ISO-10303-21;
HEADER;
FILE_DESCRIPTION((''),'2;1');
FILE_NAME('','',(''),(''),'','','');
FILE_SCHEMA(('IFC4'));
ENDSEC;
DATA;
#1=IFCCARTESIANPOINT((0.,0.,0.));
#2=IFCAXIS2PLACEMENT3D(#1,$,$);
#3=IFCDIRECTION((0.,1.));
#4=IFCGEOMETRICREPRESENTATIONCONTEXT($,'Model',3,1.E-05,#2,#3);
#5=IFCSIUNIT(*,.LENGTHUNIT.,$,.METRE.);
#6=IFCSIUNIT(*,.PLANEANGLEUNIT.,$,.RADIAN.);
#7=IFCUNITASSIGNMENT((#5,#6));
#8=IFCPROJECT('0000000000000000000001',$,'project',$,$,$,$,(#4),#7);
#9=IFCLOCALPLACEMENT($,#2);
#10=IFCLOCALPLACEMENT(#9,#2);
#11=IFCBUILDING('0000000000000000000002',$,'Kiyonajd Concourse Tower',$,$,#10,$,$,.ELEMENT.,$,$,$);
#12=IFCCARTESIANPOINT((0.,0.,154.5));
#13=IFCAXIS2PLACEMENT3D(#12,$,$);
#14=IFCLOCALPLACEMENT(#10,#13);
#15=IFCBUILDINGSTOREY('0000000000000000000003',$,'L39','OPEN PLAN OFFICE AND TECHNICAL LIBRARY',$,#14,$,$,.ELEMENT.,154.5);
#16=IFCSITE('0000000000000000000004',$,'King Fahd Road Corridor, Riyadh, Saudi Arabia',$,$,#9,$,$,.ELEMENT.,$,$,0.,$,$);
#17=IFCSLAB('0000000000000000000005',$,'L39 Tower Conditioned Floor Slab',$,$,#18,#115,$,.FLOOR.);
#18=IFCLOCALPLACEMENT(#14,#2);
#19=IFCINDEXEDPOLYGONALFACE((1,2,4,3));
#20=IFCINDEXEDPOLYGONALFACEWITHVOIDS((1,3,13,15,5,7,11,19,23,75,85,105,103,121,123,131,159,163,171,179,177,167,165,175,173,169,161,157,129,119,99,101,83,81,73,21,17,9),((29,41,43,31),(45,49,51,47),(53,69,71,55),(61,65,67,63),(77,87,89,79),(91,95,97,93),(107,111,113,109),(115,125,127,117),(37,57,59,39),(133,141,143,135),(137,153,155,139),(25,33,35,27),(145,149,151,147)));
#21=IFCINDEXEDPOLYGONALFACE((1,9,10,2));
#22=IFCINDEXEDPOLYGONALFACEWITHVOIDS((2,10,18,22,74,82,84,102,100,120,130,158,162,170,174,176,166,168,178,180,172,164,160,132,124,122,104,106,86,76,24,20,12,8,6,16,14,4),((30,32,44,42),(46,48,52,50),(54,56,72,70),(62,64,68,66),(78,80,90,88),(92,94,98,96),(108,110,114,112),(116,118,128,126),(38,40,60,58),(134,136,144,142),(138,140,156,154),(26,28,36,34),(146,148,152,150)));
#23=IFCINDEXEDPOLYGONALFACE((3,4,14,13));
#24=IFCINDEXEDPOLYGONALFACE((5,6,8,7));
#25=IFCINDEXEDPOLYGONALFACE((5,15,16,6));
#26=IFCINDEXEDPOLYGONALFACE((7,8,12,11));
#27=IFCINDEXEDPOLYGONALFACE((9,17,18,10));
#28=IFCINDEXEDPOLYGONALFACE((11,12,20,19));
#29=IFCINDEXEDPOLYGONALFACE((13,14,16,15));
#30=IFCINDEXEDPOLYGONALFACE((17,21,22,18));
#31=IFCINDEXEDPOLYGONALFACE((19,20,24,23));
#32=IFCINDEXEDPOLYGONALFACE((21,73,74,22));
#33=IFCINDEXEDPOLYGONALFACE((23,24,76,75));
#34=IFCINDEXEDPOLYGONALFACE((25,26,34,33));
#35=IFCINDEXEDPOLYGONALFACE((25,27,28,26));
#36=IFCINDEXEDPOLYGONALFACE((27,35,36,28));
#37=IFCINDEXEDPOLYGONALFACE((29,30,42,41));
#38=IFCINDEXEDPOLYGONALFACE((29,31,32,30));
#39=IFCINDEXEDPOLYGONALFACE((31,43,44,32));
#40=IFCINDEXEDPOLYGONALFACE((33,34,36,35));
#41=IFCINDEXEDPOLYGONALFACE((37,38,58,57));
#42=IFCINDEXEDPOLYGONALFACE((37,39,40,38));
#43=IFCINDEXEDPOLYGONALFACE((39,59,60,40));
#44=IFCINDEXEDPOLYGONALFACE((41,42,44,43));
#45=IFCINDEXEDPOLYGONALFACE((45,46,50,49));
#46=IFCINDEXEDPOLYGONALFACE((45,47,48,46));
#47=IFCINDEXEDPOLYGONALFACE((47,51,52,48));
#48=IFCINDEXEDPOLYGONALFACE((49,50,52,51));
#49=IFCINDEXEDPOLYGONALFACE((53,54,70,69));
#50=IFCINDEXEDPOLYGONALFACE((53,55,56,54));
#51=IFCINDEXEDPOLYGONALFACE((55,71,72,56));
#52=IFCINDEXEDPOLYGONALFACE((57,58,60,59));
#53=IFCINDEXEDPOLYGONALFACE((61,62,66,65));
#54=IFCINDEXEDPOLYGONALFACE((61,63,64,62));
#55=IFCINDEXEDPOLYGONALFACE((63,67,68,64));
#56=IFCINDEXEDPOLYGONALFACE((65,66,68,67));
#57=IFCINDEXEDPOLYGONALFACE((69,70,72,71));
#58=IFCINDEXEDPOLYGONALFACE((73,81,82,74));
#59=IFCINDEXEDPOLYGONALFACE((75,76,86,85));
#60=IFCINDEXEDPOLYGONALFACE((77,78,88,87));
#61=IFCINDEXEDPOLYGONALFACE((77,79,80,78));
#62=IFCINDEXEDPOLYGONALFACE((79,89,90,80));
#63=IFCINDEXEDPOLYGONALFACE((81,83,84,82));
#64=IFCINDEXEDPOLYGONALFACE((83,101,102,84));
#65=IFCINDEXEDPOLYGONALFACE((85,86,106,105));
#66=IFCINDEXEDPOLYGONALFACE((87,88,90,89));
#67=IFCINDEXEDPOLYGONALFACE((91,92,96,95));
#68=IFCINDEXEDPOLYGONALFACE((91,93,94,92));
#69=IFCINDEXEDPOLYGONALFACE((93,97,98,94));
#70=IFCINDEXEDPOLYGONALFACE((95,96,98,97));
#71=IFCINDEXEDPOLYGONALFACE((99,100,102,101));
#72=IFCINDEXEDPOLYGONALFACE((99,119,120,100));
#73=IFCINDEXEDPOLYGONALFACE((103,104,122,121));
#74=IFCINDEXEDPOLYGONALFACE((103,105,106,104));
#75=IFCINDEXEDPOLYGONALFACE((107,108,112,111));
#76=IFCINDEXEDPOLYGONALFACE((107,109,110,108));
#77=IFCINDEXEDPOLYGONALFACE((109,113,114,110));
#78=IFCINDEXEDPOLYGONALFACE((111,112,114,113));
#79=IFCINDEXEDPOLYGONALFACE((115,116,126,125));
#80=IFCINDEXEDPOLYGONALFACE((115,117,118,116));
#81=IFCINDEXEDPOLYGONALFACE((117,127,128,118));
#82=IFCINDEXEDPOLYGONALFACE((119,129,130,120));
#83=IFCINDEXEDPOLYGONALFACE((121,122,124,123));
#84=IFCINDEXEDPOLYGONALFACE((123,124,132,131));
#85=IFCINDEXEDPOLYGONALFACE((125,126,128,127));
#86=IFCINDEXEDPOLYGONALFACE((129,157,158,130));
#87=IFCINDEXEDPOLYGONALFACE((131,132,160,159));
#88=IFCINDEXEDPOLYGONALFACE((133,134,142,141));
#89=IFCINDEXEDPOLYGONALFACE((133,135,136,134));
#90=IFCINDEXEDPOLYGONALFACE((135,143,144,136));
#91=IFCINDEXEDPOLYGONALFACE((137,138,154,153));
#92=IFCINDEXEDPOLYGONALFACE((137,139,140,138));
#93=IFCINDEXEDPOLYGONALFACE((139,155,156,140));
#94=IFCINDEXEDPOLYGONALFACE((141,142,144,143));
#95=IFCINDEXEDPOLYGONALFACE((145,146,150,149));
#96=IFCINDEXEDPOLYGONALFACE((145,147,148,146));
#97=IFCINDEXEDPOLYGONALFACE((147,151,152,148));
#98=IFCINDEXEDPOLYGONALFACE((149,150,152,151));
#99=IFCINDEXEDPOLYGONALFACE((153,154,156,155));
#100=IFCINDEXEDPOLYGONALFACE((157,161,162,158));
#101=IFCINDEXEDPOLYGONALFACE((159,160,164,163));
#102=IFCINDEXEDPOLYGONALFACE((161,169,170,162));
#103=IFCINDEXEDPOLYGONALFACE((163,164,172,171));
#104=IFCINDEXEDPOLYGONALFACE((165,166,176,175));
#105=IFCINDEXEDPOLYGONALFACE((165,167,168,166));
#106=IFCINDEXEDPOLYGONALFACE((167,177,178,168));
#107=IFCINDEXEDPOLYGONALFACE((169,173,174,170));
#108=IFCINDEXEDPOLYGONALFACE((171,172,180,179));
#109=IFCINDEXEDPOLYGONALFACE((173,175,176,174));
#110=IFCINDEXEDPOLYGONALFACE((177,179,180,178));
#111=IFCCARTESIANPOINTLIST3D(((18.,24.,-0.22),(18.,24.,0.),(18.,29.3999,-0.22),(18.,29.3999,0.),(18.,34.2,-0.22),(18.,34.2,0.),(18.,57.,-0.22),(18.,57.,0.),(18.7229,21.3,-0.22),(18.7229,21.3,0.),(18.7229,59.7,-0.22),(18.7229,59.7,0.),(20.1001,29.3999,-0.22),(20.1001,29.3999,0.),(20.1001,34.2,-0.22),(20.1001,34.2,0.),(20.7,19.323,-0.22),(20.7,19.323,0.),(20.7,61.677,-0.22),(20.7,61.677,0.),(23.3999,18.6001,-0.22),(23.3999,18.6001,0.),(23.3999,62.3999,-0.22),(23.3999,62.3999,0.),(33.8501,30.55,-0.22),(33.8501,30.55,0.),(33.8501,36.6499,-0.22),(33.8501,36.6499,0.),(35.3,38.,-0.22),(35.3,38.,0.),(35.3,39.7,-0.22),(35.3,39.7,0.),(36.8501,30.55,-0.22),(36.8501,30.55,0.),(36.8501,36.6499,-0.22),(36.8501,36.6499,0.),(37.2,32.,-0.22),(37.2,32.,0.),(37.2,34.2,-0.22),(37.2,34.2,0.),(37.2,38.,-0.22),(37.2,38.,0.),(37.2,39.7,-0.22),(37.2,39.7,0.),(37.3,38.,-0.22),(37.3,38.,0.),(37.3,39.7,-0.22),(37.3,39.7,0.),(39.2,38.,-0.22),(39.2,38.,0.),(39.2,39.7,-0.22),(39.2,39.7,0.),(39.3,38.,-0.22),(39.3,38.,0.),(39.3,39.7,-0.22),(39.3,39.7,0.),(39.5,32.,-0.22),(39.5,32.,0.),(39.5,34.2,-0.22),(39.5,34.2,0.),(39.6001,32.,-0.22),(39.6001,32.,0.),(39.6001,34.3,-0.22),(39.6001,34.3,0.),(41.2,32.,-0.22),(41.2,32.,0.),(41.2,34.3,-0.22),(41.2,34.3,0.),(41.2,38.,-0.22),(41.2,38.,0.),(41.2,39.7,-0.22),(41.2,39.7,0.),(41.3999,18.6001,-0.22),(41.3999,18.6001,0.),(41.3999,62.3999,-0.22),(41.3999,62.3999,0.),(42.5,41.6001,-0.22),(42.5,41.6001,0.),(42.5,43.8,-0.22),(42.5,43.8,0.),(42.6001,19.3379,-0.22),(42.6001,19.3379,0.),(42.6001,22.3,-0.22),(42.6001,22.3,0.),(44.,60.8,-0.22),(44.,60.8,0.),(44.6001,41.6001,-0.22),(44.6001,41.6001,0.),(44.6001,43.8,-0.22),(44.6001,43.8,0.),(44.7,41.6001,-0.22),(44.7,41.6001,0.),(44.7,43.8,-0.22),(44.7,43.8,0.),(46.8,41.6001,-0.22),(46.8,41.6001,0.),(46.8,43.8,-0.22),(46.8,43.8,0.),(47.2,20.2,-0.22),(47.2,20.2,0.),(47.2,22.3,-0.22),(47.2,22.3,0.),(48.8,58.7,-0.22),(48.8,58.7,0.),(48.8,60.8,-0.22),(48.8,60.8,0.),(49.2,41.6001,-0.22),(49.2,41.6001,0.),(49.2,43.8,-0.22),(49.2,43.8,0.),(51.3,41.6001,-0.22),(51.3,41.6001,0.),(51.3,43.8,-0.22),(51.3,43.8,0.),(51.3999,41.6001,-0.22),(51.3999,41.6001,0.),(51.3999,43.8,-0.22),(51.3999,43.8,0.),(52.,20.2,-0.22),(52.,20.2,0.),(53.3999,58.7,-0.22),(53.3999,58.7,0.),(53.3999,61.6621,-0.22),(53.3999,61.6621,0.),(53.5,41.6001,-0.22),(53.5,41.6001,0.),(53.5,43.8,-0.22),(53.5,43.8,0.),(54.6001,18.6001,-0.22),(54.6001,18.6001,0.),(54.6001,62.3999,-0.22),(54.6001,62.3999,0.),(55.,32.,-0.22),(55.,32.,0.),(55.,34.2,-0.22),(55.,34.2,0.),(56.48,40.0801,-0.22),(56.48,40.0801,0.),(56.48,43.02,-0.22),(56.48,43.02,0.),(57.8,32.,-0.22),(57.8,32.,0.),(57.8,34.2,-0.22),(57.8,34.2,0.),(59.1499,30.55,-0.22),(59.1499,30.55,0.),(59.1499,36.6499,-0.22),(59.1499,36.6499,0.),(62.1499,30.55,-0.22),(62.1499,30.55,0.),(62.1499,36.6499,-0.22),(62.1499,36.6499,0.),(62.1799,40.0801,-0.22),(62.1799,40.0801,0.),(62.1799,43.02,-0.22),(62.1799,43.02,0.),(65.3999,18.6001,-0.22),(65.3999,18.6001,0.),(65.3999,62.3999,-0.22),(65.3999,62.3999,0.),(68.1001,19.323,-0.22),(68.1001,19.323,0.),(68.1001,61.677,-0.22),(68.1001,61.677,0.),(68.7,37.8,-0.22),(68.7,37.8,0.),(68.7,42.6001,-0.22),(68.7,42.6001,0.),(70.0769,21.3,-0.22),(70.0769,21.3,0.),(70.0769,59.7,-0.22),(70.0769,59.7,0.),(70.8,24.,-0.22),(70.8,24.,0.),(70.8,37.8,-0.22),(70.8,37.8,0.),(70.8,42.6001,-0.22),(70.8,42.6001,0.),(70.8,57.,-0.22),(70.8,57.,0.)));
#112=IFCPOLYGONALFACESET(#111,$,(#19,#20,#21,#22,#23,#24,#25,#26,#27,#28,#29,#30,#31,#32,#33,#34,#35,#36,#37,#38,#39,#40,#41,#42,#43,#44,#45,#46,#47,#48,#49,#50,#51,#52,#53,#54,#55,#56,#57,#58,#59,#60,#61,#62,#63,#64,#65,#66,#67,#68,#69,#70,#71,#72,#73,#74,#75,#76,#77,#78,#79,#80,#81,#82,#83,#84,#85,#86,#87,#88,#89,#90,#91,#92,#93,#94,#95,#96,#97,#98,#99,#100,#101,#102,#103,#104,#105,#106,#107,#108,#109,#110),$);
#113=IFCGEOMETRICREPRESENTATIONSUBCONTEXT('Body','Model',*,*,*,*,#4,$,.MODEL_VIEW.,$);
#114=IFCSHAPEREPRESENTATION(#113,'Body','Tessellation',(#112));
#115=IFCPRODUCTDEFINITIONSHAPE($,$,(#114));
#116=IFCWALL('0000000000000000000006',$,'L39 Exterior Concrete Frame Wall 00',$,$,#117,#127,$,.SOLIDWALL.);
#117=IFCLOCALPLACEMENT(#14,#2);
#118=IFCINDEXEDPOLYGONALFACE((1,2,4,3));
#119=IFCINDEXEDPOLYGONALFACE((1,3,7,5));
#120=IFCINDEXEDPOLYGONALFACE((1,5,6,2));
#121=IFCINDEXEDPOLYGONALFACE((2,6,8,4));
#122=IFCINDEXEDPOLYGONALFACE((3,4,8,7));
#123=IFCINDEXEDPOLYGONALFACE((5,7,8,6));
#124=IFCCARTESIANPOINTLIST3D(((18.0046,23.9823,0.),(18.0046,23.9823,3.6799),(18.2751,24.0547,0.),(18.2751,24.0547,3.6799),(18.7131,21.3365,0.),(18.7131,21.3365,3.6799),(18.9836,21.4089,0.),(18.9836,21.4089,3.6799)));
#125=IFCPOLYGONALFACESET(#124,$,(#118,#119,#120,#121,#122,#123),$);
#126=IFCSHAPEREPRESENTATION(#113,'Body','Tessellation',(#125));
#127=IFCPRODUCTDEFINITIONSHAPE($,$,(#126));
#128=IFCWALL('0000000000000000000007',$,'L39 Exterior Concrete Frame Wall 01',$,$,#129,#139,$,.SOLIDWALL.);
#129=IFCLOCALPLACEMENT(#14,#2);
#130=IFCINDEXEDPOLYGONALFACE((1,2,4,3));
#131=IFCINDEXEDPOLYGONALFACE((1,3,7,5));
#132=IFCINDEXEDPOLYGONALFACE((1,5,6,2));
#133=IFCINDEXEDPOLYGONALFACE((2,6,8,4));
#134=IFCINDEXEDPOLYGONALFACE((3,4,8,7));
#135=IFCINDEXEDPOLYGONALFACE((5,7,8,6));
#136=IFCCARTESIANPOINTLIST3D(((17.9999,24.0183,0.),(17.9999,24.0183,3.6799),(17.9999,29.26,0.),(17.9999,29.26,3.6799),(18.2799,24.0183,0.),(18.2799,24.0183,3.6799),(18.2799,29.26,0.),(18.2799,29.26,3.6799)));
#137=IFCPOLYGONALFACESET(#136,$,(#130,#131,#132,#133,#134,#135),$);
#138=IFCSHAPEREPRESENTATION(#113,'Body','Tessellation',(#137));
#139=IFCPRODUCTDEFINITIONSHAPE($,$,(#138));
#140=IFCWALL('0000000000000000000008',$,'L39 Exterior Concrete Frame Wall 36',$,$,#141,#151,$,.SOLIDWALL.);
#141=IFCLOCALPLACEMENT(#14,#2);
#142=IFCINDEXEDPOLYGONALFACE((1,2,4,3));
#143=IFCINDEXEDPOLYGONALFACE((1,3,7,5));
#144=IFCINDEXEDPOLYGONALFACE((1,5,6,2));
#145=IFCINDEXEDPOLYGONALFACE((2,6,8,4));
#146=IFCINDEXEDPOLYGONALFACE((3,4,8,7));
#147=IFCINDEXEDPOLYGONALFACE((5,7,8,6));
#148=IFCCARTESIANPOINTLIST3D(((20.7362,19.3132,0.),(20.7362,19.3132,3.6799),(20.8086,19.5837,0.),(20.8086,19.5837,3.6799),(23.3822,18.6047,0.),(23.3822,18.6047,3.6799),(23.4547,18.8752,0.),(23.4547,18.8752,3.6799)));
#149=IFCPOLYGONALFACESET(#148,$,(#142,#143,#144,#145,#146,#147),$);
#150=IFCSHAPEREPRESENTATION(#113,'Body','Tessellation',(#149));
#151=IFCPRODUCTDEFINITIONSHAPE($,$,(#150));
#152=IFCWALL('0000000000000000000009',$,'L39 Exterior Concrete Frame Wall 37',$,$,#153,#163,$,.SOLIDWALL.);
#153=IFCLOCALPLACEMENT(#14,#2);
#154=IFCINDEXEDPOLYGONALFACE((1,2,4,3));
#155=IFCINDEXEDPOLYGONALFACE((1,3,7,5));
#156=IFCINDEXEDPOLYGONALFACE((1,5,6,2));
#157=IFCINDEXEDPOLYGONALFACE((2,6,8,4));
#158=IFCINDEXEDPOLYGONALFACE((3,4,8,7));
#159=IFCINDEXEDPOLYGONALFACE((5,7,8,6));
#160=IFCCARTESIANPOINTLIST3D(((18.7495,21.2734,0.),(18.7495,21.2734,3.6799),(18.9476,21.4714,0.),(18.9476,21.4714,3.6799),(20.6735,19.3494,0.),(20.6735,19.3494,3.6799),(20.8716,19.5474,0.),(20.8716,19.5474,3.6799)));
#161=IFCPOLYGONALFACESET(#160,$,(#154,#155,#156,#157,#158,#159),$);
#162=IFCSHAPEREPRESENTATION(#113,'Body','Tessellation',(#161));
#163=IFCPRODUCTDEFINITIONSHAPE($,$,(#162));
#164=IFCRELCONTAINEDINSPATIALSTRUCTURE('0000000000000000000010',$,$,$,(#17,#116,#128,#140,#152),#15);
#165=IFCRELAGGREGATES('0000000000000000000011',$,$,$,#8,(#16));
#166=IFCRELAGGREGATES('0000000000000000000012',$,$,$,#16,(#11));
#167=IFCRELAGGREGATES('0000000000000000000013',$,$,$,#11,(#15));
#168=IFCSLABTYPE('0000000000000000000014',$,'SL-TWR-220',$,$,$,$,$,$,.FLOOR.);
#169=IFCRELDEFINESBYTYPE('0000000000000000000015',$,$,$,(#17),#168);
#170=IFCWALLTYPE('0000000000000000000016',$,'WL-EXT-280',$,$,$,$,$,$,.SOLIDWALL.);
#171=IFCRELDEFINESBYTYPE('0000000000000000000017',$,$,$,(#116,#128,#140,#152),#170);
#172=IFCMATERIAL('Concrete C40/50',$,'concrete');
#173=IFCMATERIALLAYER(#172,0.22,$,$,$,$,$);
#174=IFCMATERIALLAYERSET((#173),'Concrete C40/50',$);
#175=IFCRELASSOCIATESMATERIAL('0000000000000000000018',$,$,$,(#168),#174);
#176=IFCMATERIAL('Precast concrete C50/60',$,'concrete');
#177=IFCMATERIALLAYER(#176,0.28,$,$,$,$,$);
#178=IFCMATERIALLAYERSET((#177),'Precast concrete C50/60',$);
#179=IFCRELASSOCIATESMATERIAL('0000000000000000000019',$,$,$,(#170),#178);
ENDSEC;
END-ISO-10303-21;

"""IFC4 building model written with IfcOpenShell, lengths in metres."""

from ifc_helpers import new_model, si_unit, direction, frame, frame_2d, origin, place, context, subcontext, project, spatial, polyline, rectangle, outline, extrude, material, layer, layer_set, type_object, element, save


model = new_model("IFC4")

# Units and contexts
model_context = context("Model", 3, precision=1e-05, world=origin(), true_north=direction((0.0, 1.0)))
body_context = subcontext(model_context, "Body", "Model", "MODEL_VIEW")
ifc_project = project(units=[si_unit("LENGTHUNIT", "METRE"), si_unit("PLANEANGLEUNIT", "RADIAN")], contexts=[model_context])

# Site, building, storey
site_placement = place(None, origin())
site = spatial("IfcSite", under=ifc_project, at=site_placement, Name="King Fahd Road Corridor, Riyadh, Saudi Arabia", CompositionType="ELEMENT", RefElevation=0.0)
building_placement = place(site_placement, origin())
building = spatial("IfcBuilding", under=site, at=building_placement, Name="Kiyonajd Concourse Tower", CompositionType="ELEMENT")
storey_placement = place(building_placement, frame((0.0, 0.0, 154.5)))
storey = spatial("IfcBuildingStorey", under=building, at=storey_placement, Name="L39", Description="OPEN PLAN OFFICE AND TECHNICAL LIBRARY", CompositionType="ELEMENT", Elevation=154.5)

# Shared definitions
ifc_material_1 = material(Name="Concrete C40/50", Category="concrete")

# Slab
ifc_material_2 = material(Name="Precast concrete C50/60", Category="concrete")
ifc_layer_1 = layer(ifc_material_1, 0.22)
ifc_layer_set_1 = layer_set([ifc_layer_1], Name="Concrete C40/50")
slab_type_1 = type_object("IfcSlabType", Name="SL-TWR-220", PredefinedType="FLOOR", material=ifc_layer_set_1)
slab_1_placement = place(storey_placement, frame((0.0, 0.0, -0.22)))
element("IfcSlab", 1, at=slab_1_placement, inside=storey, type_object=slab_type_1, Name="L39 Tower Conditioned Floor Slab", PredefinedType="FLOOR", context=body_context, shape_type="SweptSolid", body=[
    extrude(outline(polyline([(18.7229, 21.3), (18.0, 24.0), (18.0, 29.3999), (20.1001, 29.3999), (20.1001, 34.2), (18.0, 34.2), (18.0, 57.0), (18.7229, 59.7), (20.7, 61.677), (23.3999, 62.3999), (41.3999, 62.3999), (44.0, 60.8), (48.8, 60.8), (48.8, 58.7), (53.3999, 58.7), (53.3999, 61.6621), (54.6001, 62.3999), (65.3999, 62.3999), (68.1001, 61.677), (70.0769, 59.7), (70.8, 57.0), (70.8, 42.6001), (68.7, 42.6001), (68.7, 37.8), (70.8, 37.8), (70.8, 24.0), (70.0769, 21.3), (68.1001, 19.323), (65.3999, 18.6001), (54.6001, 18.6001), (52.0, 20.2), (47.2, 20.2), (47.2, 22.3), (42.6001, 22.3), (42.6001, 19.3379), (41.3999, 18.6001), (23.3999, 18.6001), (20.7, 19.323), (18.7229, 21.3)]), holes=[polyline([(39.5, 32.0), (37.2, 32.0), (37.2, 34.2), (39.5, 34.2), (39.5, 32.0)]), polyline([(39.6001, 32.0), (39.6001, 34.3), (41.2, 34.3), (41.2, 32.0), (39.6001, 32.0)]), polyline([(33.8501, 30.55), (33.8501, 36.6499), (36.8501, 36.6499), (36.8501, 30.55), (33.8501, 30.55)]), polyline([(37.2, 38.0), (35.3, 38.0), (35.3, 39.7), (37.2, 39.7), (37.2, 38.0)]), polyline([(37.3, 38.0), (37.3, 39.7), (39.2, 39.7), (39.2, 38.0), (37.3, 38.0)]), polyline([(39.3, 38.0), (39.3, 39.7), (41.2, 39.7), (41.2, 38.0), (39.3, 38.0)]), polyline([(44.6001, 41.6001), (42.5, 41.6001), (42.5, 43.8), (44.6001, 43.8), (44.6001, 41.6001)]), polyline([(55.0, 32.0), (55.0, 34.2), (57.8, 34.2), (57.8, 32.0), (55.0, 32.0)]), polyline([(59.1499, 30.55), (59.1499, 36.6499), (62.1499, 36.6499), (62.1499, 30.55), (59.1499, 30.55)]), polyline([(56.48, 43.02), (62.1799, 43.02), (62.1799, 40.0801), (56.48, 40.0801), (56.48, 43.02)]), polyline([(44.7, 41.6001), (44.7, 43.8), (46.8, 43.8), (46.8, 41.6001), (44.7, 41.6001)]), polyline([(49.2, 41.6001), (49.2, 43.8), (51.3, 43.8), (51.3, 41.6001), (49.2, 41.6001)]), polyline([(51.3999, 41.6001), (51.3999, 43.8), (53.5, 43.8), (53.5, 41.6001), (51.3999, 41.6001)])]), origin(), (0.0, 0.0, 1.0), 0.22),
])

# Walls
ifc_layer_2 = layer(ifc_material_2, 0.28)
ifc_layer_set_2 = layer_set([ifc_layer_2], Name="Precast concrete C50/60")
wall_type_1 = type_object("IfcWallType", Name="WL-EXT-280", PredefinedType="SOLIDWALL", material=ifc_layer_set_2)
wall_1_placement = place(storey_placement, frame((18.8484, 21.3726, 0.0), z_axis=(0.0, 0.0, 1.0), x_axis=(-0.258672, 0.965965, 0.0)))
element("IfcWall", 2, at=wall_1_placement, inside=storey, type_object=wall_type_1, Name="L39 Exterior Concrete Frame Wall 00", PredefinedType="SOLIDWALL", context=body_context, shape_type="SweptSolid", body=[
    extrude(rectangle(XDim=2.739, YDim=0.28, at=frame_2d((1.3696, 0.0))), origin(), (0.0, 0.0, 1.0), 3.6799),
])
wall_2_placement = place(storey_placement, frame((18.1399, 24.0183, 0.0), z_axis=(0.0, 0.0, 1.0), x_axis=(0.0, 1.0, 0.0)))
element("IfcWall", 3, at=wall_2_placement, inside=storey, type_object=wall_type_1, Name="L39 Exterior Concrete Frame Wall 01", PredefinedType="SOLIDWALL", context=body_context, shape_type="SweptSolid", body=[
    extrude(rectangle(XDim=5.2417, YDim=0.28, at=frame_2d((2.6208, 0.0))), origin(), (0.0, 0.0, 1.0), 3.6799),
])
wall_3_placement = place(storey_placement, frame((23.4185, 18.74, 0.0), z_axis=(0.0, 0.0, 1.0), x_axis=(-0.965971, 0.25865, 0.0)))
element("IfcWall", 4, at=wall_3_placement, inside=storey, type_object=wall_type_1, Name="L39 Exterior Concrete Frame Wall 36", PredefinedType="SOLIDWALL", context=body_context, shape_type="SweptSolid", body=[
    extrude(rectangle(XDim=2.7393, YDim=0.28, at=frame_2d((1.3696, 0.0))), origin(), (0.0, 0.0, 1.0), 3.6799),
])
wall_4_placement = place(storey_placement, frame((20.7725, 19.4485, 0.0), z_axis=(0.0, 0.0, 1.0), x_axis=(-0.707107, 0.707107, 0.0)))
element("IfcWall", 5, at=wall_4_placement, inside=storey, type_object=wall_type_1, Name="L39 Exterior Concrete Frame Wall 37", PredefinedType="SOLIDWALL", context=body_context, shape_type="SweptSolid", body=[
    extrude(rectangle(XDim=2.7209, YDim=0.28, at=frame_2d((1.3604, 0.0))), origin(), (0.0, 0.0, 1.0), 3.6799),
])

save(model, "model.ifc")
